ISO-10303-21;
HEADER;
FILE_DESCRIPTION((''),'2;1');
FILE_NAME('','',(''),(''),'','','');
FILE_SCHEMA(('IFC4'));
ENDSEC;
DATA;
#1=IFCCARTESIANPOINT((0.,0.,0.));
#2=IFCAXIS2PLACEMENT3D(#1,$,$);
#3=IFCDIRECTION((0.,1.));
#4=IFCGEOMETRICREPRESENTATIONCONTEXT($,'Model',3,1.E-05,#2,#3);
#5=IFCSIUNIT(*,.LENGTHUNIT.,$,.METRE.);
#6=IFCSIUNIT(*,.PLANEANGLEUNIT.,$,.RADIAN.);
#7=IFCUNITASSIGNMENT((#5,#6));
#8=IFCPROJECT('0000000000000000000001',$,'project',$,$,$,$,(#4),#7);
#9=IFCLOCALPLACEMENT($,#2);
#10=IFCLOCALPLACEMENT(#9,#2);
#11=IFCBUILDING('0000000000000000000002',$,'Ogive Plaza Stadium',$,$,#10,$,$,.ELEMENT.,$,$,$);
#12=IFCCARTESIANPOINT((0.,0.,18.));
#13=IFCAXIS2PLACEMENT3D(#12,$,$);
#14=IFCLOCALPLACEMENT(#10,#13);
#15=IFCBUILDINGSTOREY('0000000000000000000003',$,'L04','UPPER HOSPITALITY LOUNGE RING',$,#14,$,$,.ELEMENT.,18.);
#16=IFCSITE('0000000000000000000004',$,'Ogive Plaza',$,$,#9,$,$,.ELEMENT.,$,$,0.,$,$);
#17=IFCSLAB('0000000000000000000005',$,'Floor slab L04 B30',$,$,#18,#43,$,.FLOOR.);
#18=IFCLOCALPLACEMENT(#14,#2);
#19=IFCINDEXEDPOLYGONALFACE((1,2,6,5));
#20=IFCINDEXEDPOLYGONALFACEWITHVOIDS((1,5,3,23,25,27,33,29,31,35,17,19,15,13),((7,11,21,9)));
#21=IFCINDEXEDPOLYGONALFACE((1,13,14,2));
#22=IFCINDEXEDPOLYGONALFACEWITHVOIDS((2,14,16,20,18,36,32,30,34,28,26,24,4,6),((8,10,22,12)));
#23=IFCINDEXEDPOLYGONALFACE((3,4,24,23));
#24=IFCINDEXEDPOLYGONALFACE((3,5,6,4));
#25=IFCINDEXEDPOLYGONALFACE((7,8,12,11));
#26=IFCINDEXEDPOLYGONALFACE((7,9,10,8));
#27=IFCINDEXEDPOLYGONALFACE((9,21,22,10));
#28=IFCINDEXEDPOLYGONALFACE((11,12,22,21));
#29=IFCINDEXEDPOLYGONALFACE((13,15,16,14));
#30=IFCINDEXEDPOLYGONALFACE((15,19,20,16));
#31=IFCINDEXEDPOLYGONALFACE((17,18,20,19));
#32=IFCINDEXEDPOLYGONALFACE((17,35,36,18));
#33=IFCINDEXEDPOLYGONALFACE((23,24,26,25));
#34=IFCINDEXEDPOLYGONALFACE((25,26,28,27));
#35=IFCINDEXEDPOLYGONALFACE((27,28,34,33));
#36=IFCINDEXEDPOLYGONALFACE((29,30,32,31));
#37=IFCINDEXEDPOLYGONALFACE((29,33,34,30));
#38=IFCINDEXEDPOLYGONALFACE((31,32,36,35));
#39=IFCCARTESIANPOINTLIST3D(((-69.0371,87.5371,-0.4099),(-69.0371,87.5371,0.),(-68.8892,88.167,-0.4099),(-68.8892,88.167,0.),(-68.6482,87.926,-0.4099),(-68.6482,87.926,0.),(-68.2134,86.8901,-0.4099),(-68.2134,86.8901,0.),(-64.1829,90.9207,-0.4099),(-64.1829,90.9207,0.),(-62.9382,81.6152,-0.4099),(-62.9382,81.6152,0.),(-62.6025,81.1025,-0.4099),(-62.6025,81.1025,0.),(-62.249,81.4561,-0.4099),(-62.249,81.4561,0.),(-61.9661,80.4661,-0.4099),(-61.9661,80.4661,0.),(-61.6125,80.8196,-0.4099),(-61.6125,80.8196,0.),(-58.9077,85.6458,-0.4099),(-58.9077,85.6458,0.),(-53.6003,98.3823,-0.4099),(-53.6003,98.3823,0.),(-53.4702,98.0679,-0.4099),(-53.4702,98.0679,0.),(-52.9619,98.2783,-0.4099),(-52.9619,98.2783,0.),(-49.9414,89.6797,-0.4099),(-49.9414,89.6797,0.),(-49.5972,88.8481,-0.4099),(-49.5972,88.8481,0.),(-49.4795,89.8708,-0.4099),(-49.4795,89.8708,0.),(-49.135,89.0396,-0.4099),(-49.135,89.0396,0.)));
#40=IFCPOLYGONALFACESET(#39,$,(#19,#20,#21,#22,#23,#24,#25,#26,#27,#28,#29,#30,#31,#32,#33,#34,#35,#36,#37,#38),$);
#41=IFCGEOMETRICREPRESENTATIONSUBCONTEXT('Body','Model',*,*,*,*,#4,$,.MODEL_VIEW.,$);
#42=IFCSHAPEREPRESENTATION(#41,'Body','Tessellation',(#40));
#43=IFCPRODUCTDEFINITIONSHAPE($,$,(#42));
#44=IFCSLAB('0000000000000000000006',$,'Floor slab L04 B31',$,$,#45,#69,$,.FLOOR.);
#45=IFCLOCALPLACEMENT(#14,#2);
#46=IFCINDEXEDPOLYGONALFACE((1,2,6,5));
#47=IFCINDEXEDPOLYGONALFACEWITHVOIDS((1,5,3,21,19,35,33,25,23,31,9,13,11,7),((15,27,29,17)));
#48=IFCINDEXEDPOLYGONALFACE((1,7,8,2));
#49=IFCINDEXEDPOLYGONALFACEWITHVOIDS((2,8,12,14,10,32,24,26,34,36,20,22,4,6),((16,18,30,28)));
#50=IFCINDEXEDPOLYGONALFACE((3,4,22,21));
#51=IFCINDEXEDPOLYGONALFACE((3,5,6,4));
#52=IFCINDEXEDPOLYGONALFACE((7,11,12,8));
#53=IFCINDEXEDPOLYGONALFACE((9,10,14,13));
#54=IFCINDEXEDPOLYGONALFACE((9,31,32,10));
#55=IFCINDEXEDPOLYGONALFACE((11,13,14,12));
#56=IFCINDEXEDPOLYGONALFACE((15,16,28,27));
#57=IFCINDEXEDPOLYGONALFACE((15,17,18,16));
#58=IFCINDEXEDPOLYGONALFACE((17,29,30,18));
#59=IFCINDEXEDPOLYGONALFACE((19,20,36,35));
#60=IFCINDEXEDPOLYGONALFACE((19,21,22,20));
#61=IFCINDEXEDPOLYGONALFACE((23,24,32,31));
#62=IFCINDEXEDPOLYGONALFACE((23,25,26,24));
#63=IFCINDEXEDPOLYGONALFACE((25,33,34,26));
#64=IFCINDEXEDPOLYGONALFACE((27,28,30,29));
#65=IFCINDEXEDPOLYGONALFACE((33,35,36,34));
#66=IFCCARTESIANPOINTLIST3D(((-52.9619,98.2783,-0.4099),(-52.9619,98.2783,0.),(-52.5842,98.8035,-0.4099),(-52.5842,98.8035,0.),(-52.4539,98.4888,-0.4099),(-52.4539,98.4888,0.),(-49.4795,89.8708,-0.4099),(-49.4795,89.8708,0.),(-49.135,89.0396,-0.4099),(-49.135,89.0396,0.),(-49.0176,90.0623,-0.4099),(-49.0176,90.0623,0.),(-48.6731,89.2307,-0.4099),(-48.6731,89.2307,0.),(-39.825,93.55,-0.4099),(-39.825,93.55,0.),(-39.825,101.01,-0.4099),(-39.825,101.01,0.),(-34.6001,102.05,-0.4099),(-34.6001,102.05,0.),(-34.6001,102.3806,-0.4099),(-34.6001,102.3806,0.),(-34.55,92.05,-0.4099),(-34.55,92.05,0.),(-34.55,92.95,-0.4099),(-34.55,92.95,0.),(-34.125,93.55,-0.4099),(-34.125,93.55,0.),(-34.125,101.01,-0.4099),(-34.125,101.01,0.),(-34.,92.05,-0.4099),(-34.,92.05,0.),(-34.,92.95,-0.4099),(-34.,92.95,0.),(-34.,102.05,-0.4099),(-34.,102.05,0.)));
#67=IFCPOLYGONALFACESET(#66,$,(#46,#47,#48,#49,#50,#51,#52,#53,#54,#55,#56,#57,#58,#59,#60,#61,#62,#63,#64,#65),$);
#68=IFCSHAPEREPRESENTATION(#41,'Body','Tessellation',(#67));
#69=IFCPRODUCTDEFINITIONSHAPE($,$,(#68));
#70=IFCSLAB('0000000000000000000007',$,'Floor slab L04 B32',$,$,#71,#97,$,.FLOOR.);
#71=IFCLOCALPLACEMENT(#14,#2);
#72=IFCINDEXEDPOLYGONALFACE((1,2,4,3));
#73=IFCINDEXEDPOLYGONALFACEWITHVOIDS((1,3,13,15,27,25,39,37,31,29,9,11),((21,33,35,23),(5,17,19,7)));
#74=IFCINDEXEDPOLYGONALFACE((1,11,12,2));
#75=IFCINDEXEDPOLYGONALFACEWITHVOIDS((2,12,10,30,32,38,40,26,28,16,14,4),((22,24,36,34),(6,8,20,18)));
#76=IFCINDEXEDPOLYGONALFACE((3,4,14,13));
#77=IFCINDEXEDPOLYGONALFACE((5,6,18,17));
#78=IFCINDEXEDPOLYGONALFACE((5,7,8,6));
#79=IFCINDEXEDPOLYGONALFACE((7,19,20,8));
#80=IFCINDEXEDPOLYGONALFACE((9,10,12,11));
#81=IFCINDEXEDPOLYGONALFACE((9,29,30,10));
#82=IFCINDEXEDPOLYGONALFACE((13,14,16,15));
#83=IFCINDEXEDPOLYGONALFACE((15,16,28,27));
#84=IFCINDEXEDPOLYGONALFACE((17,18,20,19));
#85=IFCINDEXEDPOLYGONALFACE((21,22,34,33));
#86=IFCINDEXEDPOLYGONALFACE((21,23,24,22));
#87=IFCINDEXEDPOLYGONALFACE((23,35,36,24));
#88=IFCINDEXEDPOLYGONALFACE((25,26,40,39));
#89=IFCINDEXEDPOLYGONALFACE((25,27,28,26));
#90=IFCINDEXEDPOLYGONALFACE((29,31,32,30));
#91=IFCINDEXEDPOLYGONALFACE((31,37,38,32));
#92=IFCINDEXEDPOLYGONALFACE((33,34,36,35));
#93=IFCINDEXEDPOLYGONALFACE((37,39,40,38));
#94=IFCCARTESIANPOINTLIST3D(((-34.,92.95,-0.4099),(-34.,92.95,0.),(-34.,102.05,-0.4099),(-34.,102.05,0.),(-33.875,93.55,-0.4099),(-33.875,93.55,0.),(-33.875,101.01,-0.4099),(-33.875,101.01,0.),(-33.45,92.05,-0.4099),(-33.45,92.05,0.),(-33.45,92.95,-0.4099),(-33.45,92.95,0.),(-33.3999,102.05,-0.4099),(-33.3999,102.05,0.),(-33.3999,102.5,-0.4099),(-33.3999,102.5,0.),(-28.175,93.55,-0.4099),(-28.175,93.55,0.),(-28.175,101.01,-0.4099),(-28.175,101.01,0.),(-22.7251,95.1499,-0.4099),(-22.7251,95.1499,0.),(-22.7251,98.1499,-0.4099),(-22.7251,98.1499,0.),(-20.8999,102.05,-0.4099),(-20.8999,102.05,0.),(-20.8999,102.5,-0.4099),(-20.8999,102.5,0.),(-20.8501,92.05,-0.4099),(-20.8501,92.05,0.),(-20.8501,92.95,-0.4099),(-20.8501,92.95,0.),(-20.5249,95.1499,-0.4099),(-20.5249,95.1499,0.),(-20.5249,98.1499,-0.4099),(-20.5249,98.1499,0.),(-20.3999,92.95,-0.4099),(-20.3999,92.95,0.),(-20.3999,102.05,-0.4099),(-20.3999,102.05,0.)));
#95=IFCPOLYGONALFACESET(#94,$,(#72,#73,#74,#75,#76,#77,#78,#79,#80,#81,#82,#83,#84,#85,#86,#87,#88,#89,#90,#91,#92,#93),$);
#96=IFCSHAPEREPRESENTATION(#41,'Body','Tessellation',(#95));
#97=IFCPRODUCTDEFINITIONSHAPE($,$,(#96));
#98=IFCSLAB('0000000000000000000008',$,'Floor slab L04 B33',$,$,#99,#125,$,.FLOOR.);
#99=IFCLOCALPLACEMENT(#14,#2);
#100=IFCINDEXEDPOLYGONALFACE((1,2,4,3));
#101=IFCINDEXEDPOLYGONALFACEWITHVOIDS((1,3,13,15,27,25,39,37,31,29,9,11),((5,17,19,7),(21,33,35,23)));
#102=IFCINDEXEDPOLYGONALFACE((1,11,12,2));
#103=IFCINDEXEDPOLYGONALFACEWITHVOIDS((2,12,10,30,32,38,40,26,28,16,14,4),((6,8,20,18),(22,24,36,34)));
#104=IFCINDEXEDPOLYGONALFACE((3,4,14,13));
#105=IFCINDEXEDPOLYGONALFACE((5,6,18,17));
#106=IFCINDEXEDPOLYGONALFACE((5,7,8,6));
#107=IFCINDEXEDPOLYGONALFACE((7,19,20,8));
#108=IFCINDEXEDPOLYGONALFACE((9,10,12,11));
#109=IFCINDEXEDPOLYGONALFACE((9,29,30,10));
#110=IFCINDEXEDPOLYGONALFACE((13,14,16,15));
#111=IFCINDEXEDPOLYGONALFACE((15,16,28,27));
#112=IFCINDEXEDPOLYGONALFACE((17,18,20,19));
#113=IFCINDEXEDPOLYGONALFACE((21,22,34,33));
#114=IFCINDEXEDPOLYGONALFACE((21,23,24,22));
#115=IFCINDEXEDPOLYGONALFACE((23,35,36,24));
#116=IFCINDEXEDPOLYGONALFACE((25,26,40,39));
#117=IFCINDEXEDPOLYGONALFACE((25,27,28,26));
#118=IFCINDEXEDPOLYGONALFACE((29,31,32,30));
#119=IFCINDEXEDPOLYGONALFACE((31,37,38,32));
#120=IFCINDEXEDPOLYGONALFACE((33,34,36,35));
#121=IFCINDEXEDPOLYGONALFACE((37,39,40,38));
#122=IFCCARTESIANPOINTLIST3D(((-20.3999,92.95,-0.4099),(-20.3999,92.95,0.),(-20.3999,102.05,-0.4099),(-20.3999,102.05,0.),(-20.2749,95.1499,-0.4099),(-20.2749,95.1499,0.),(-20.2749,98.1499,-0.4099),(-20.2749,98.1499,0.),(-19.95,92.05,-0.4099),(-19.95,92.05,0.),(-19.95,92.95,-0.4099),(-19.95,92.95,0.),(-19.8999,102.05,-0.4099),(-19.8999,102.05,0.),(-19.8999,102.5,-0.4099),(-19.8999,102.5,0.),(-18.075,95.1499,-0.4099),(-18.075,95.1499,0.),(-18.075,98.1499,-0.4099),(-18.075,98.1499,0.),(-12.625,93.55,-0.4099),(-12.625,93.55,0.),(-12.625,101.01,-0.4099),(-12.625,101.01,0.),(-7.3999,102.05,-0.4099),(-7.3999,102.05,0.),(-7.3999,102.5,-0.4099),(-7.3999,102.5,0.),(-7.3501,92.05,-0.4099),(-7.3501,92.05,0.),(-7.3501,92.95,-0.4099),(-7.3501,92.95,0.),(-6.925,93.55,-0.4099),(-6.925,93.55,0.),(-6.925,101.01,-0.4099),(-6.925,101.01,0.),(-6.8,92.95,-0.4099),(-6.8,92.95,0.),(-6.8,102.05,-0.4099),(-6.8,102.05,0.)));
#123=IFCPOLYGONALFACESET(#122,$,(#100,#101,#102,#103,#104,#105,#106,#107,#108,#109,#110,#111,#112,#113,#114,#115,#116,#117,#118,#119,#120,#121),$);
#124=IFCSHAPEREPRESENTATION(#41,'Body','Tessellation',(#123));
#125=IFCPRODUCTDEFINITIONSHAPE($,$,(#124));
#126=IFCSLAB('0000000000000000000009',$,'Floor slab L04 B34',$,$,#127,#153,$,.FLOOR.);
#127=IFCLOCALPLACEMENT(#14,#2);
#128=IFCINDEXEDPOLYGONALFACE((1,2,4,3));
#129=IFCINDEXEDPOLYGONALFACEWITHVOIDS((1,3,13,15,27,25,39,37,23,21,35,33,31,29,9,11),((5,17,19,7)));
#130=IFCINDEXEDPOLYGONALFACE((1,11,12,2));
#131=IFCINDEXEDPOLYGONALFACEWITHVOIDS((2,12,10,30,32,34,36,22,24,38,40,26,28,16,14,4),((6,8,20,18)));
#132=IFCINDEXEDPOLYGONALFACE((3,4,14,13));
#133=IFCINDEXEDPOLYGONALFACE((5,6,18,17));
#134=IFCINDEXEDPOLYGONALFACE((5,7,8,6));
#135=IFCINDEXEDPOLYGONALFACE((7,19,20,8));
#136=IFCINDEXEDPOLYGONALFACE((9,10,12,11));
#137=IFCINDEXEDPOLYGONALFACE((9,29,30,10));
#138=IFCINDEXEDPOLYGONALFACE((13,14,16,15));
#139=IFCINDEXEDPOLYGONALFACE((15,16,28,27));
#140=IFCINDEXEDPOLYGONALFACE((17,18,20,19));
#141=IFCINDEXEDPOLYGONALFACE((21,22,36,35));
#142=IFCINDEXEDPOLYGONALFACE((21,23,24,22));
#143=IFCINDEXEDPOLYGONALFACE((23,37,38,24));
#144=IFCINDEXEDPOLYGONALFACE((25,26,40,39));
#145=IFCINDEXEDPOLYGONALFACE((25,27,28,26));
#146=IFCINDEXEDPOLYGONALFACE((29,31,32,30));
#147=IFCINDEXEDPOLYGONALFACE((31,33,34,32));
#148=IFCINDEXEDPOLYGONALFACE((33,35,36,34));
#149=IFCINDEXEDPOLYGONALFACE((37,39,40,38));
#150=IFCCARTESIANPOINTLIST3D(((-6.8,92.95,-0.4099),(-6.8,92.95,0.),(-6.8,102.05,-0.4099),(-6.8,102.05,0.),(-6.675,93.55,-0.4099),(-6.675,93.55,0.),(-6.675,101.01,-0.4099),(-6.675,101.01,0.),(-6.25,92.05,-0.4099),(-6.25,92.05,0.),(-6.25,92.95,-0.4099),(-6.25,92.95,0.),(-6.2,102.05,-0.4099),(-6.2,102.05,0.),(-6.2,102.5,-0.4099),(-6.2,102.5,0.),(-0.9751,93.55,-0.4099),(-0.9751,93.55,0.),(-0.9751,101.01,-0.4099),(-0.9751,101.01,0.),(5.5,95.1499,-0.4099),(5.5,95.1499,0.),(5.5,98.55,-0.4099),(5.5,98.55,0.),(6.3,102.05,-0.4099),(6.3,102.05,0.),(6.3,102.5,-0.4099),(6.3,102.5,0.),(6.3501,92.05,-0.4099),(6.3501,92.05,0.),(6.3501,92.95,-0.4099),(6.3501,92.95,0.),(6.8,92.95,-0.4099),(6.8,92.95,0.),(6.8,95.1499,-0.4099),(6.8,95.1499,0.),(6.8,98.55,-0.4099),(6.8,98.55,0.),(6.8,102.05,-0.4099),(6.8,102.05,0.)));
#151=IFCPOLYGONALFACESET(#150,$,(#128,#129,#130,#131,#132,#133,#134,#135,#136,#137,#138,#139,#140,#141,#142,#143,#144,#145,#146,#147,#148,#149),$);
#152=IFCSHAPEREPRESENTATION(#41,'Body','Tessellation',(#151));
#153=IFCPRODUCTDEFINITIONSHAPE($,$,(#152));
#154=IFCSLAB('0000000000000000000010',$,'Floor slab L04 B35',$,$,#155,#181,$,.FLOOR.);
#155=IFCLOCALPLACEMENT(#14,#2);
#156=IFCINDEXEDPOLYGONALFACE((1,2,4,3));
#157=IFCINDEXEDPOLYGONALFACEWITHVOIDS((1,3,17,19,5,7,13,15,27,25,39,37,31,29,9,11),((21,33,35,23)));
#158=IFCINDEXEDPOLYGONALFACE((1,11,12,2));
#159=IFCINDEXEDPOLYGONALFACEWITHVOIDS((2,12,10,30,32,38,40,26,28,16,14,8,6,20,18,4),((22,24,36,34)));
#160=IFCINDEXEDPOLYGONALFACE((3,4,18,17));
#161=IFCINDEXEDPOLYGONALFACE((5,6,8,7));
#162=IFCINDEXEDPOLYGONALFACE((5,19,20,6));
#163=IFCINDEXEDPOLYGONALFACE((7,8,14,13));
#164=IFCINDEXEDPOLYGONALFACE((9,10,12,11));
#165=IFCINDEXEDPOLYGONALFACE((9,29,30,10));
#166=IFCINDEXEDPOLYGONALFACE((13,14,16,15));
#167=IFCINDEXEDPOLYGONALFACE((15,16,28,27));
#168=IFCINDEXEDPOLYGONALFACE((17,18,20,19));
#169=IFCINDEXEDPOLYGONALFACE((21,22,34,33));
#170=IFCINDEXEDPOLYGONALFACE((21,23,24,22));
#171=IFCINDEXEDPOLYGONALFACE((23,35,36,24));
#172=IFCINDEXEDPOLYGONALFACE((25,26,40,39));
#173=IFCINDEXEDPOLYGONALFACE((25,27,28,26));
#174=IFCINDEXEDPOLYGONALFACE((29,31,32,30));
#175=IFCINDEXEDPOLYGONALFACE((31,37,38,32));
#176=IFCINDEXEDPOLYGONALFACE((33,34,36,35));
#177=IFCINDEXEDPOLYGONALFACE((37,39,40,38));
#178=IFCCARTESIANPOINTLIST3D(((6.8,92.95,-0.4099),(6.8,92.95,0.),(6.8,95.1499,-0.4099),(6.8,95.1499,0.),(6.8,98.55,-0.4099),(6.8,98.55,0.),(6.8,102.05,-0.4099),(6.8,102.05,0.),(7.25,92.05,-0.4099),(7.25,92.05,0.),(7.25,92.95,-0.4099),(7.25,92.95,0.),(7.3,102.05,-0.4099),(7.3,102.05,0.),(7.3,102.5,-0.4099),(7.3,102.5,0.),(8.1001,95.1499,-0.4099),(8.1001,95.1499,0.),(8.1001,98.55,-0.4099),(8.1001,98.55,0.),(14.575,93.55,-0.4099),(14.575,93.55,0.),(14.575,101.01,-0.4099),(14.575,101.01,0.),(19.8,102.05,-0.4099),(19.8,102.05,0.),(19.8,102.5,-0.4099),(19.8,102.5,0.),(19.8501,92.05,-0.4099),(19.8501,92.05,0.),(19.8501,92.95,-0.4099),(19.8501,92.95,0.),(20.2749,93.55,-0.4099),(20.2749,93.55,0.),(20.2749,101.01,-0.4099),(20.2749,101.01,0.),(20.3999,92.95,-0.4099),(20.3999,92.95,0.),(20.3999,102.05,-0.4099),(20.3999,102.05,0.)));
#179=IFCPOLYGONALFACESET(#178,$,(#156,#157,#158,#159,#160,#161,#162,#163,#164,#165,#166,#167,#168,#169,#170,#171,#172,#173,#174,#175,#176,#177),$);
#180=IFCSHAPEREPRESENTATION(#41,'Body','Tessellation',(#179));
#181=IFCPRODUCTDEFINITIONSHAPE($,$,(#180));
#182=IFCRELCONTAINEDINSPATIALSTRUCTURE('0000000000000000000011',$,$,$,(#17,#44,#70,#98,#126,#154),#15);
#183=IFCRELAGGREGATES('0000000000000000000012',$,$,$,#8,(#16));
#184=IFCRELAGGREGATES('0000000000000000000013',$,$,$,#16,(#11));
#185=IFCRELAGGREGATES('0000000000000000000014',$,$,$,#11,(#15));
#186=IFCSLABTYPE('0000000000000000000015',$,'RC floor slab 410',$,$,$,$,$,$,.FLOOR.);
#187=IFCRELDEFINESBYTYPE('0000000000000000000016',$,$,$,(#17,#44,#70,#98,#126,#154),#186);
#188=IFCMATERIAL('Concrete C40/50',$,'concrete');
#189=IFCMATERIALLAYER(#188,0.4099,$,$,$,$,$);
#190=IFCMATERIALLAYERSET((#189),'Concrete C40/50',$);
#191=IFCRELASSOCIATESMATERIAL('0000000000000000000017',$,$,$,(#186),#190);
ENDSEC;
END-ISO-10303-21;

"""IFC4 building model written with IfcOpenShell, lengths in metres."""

from ifc_helpers import new_model, si_unit, direction, frame, origin, place, context, subcontext, project, spatial, polyline, outline, extrude, material, layer, layer_set, type_object, element, save


model = new_model("IFC4")

# Units and contexts
model_context = context("Model", 3, precision=1e-05, world=origin(), true_north=direction((0.0, 1.0)))
body_context = subcontext(model_context, "Body", "Model", "MODEL_VIEW")
ifc_project = project(units=[si_unit("LENGTHUNIT", "METRE"), si_unit("PLANEANGLEUNIT", "RADIAN")], contexts=[model_context])

# Site, building, storey
site_placement = place(None, origin())
site = spatial("IfcSite", under=ifc_project, at=site_placement, Name="Ogive Plaza", CompositionType="ELEMENT", RefElevation=0.0)
building_placement = place(site_placement, origin())
building = spatial("IfcBuilding", under=site, at=building_placement, Name="Ogive Plaza Stadium", CompositionType="ELEMENT")
storey_placement = place(building_placement, frame((0.0, 0.0, 18.0)))
storey = spatial("IfcBuildingStorey", under=building, at=storey_placement, Name="L04", Description="UPPER HOSPITALITY LOUNGE RING", CompositionType="ELEMENT", Elevation=18.0)

# Slabs
ifc_material = material(Name="Concrete C40/50", Category="concrete")
ifc_layer = layer(ifc_material, 0.4099)
ifc_layer_set = layer_set([ifc_layer], Name="Concrete C40/50")
slab_type = type_object("IfcSlabType", Name="RC floor slab 410", PredefinedType="FLOOR", material=ifc_layer_set)
slab_1_placement = place(storey_placement, frame((0.0, 0.0, -0.4099)))
element("IfcSlab", 1, at=slab_1_placement, inside=storey, type_object=slab_type, Name="Floor slab L04 B30", PredefinedType="FLOOR", context=body_context, shape_type="SweptSolid", body=[
    extrude(outline(polyline([(-52.9619, 98.2783), (-53.4702, 98.0679), (-53.6003, 98.3823), (-68.8892, 88.167), (-68.6482, 87.926), (-69.0371, 87.5371), (-62.6025, 81.1025), (-62.249, 81.4561), (-61.6125, 80.8196), (-61.9661, 80.4661), (-49.135, 89.0396), (-49.5972, 88.8481), (-49.9414, 89.6797), (-49.4795, 89.8708), (-52.9619, 98.2783)]), holes=[polyline([(-62.9382, 81.6152), (-58.9077, 85.6458), (-64.1829, 90.9207), (-68.2134, 86.8901), (-62.9382, 81.6152)])]), origin(), (0.0, 0.0, 1.0), 0.4099),
])
slab_2_placement = place(storey_placement, frame((0.0, 0.0, -0.4099)))
element("IfcSlab", 2, at=slab_2_placement, inside=storey, type_object=slab_type, Name="Floor slab L04 B31", PredefinedType="FLOOR", context=body_context, shape_type="SweptSolid", body=[
    extrude(outline(polyline([(-34.0, 102.05), (-34.6001, 102.05), (-34.6001, 102.3806), (-52.5842, 98.8035), (-52.4539, 98.4888), (-52.9619, 98.2783), (-49.4795, 89.8708), (-49.0176, 90.0623), (-48.6731, 89.2307), (-49.135, 89.0396), (-34.0, 92.05), (-34.55, 92.05), (-34.55, 92.95), (-34.0, 92.95), (-34.0, 102.05)]), holes=[polyline([(-34.125, 93.55), (-34.125, 101.01), (-39.825, 101.01), (-39.825, 93.55), (-34.125, 93.55)])]), origin(), (0.0, 0.0, 1.0), 0.4099),
])
slab_3_placement = place(storey_placement, frame((0.0, 0.0, -0.4099)))
element("IfcSlab", 3, at=slab_3_placement, inside=storey, type_object=slab_type, Name="Floor slab L04 B32", PredefinedType="FLOOR", context=body_context, shape_type="SweptSolid", body=[
    extrude(outline(polyline([(-20.3999, 102.05), (-20.8999, 102.05), (-20.8999, 102.5), (-33.3999, 102.5), (-33.3999, 102.05), (-34.0, 102.05), (-34.0, 92.95), (-33.45, 92.95), (-33.45, 92.05), (-20.8501, 92.05), (-20.8501, 92.95), (-20.3999, 92.95), (-20.3999, 102.05)]), holes=[polyline([(-22.7251, 95.1499), (-20.5249, 95.1499), (-20.5249, 98.1499), (-22.7251, 98.1499), (-22.7251, 95.1499)]), polyline([(-33.875, 93.55), (-28.175, 93.55), (-28.175, 101.01), (-33.875, 101.01), (-33.875, 93.55)])]), origin(), (0.0, 0.0, 1.0), 0.4099),
])
slab_4_placement = place(storey_placement, frame((0.0, 0.0, -0.4099)))
element("IfcSlab", 4, at=slab_4_placement, inside=storey, type_object=slab_type, Name="Floor slab L04 B33", PredefinedType="FLOOR", context=body_context, shape_type="SweptSolid", body=[
    extrude(outline(polyline([(-6.8, 102.05), (-7.3999, 102.05), (-7.3999, 102.5), (-19.8999, 102.5), (-19.8999, 102.05), (-20.3999, 102.05), (-20.3999, 92.95), (-19.95, 92.95), (-19.95, 92.05), (-7.3501, 92.05), (-7.3501, 92.95), (-6.8, 92.95), (-6.8, 102.05)]), holes=[polyline([(-20.2749, 95.1499), (-18.075, 95.1499), (-18.075, 98.1499), (-20.2749, 98.1499), (-20.2749, 95.1499)]), polyline([(-6.925, 93.55), (-6.925, 101.01), (-12.625, 101.01), (-12.625, 93.55), (-6.925, 93.55)])]), origin(), (0.0, 0.0, 1.0), 0.4099),
])
slab_5_placement = place(storey_placement, frame((0.0, 0.0, -0.4099)))
element("IfcSlab", 5, at=slab_5_placement, inside=storey, type_object=slab_type, Name="Floor slab L04 B34", PredefinedType="FLOOR", context=body_context, shape_type="SweptSolid", body=[
    extrude(outline(polyline([(6.8, 95.1499), (5.5, 95.1499), (5.5, 98.55), (6.8, 98.55), (6.8, 102.05), (6.3, 102.05), (6.3, 102.5), (-6.2, 102.5), (-6.2, 102.05), (-6.8, 102.05), (-6.8, 92.95), (-6.25, 92.95), (-6.25, 92.05), (6.3501, 92.05), (6.3501, 92.95), (6.8, 92.95), (6.8, 95.1499)]), holes=[polyline([(-6.675, 93.55), (-0.9751, 93.55), (-0.9751, 101.01), (-6.675, 101.01), (-6.675, 93.55)])]), origin(), (0.0, 0.0, 1.0), 0.4099),
])
slab_6_placement = place(storey_placement, frame((0.0, 0.0, -0.4099)))
element("IfcSlab", 6, at=slab_6_placement, inside=storey, type_object=slab_type, Name="Floor slab L04 B35", PredefinedType="FLOOR", context=body_context, shape_type="SweptSolid", body=[
    extrude(outline(polyline([(20.3999, 102.05), (19.8, 102.05), (19.8, 102.5), (7.3, 102.5), (7.3, 102.05), (6.8, 102.05), (6.8, 98.55), (8.1001, 98.55), (8.1001, 95.1499), (6.8, 95.1499), (6.8, 92.95), (7.25, 92.95), (7.25, 92.05), (19.8501, 92.05), (19.8501, 92.95), (20.3999, 92.95), (20.3999, 102.05)]), holes=[polyline([(14.575, 93.55), (20.2749, 93.55), (20.2749, 101.01), (14.575, 101.01), (14.575, 93.55)])]), origin(), (0.0, 0.0, 1.0), 0.4099),
])

save(model, "model.ifc")
